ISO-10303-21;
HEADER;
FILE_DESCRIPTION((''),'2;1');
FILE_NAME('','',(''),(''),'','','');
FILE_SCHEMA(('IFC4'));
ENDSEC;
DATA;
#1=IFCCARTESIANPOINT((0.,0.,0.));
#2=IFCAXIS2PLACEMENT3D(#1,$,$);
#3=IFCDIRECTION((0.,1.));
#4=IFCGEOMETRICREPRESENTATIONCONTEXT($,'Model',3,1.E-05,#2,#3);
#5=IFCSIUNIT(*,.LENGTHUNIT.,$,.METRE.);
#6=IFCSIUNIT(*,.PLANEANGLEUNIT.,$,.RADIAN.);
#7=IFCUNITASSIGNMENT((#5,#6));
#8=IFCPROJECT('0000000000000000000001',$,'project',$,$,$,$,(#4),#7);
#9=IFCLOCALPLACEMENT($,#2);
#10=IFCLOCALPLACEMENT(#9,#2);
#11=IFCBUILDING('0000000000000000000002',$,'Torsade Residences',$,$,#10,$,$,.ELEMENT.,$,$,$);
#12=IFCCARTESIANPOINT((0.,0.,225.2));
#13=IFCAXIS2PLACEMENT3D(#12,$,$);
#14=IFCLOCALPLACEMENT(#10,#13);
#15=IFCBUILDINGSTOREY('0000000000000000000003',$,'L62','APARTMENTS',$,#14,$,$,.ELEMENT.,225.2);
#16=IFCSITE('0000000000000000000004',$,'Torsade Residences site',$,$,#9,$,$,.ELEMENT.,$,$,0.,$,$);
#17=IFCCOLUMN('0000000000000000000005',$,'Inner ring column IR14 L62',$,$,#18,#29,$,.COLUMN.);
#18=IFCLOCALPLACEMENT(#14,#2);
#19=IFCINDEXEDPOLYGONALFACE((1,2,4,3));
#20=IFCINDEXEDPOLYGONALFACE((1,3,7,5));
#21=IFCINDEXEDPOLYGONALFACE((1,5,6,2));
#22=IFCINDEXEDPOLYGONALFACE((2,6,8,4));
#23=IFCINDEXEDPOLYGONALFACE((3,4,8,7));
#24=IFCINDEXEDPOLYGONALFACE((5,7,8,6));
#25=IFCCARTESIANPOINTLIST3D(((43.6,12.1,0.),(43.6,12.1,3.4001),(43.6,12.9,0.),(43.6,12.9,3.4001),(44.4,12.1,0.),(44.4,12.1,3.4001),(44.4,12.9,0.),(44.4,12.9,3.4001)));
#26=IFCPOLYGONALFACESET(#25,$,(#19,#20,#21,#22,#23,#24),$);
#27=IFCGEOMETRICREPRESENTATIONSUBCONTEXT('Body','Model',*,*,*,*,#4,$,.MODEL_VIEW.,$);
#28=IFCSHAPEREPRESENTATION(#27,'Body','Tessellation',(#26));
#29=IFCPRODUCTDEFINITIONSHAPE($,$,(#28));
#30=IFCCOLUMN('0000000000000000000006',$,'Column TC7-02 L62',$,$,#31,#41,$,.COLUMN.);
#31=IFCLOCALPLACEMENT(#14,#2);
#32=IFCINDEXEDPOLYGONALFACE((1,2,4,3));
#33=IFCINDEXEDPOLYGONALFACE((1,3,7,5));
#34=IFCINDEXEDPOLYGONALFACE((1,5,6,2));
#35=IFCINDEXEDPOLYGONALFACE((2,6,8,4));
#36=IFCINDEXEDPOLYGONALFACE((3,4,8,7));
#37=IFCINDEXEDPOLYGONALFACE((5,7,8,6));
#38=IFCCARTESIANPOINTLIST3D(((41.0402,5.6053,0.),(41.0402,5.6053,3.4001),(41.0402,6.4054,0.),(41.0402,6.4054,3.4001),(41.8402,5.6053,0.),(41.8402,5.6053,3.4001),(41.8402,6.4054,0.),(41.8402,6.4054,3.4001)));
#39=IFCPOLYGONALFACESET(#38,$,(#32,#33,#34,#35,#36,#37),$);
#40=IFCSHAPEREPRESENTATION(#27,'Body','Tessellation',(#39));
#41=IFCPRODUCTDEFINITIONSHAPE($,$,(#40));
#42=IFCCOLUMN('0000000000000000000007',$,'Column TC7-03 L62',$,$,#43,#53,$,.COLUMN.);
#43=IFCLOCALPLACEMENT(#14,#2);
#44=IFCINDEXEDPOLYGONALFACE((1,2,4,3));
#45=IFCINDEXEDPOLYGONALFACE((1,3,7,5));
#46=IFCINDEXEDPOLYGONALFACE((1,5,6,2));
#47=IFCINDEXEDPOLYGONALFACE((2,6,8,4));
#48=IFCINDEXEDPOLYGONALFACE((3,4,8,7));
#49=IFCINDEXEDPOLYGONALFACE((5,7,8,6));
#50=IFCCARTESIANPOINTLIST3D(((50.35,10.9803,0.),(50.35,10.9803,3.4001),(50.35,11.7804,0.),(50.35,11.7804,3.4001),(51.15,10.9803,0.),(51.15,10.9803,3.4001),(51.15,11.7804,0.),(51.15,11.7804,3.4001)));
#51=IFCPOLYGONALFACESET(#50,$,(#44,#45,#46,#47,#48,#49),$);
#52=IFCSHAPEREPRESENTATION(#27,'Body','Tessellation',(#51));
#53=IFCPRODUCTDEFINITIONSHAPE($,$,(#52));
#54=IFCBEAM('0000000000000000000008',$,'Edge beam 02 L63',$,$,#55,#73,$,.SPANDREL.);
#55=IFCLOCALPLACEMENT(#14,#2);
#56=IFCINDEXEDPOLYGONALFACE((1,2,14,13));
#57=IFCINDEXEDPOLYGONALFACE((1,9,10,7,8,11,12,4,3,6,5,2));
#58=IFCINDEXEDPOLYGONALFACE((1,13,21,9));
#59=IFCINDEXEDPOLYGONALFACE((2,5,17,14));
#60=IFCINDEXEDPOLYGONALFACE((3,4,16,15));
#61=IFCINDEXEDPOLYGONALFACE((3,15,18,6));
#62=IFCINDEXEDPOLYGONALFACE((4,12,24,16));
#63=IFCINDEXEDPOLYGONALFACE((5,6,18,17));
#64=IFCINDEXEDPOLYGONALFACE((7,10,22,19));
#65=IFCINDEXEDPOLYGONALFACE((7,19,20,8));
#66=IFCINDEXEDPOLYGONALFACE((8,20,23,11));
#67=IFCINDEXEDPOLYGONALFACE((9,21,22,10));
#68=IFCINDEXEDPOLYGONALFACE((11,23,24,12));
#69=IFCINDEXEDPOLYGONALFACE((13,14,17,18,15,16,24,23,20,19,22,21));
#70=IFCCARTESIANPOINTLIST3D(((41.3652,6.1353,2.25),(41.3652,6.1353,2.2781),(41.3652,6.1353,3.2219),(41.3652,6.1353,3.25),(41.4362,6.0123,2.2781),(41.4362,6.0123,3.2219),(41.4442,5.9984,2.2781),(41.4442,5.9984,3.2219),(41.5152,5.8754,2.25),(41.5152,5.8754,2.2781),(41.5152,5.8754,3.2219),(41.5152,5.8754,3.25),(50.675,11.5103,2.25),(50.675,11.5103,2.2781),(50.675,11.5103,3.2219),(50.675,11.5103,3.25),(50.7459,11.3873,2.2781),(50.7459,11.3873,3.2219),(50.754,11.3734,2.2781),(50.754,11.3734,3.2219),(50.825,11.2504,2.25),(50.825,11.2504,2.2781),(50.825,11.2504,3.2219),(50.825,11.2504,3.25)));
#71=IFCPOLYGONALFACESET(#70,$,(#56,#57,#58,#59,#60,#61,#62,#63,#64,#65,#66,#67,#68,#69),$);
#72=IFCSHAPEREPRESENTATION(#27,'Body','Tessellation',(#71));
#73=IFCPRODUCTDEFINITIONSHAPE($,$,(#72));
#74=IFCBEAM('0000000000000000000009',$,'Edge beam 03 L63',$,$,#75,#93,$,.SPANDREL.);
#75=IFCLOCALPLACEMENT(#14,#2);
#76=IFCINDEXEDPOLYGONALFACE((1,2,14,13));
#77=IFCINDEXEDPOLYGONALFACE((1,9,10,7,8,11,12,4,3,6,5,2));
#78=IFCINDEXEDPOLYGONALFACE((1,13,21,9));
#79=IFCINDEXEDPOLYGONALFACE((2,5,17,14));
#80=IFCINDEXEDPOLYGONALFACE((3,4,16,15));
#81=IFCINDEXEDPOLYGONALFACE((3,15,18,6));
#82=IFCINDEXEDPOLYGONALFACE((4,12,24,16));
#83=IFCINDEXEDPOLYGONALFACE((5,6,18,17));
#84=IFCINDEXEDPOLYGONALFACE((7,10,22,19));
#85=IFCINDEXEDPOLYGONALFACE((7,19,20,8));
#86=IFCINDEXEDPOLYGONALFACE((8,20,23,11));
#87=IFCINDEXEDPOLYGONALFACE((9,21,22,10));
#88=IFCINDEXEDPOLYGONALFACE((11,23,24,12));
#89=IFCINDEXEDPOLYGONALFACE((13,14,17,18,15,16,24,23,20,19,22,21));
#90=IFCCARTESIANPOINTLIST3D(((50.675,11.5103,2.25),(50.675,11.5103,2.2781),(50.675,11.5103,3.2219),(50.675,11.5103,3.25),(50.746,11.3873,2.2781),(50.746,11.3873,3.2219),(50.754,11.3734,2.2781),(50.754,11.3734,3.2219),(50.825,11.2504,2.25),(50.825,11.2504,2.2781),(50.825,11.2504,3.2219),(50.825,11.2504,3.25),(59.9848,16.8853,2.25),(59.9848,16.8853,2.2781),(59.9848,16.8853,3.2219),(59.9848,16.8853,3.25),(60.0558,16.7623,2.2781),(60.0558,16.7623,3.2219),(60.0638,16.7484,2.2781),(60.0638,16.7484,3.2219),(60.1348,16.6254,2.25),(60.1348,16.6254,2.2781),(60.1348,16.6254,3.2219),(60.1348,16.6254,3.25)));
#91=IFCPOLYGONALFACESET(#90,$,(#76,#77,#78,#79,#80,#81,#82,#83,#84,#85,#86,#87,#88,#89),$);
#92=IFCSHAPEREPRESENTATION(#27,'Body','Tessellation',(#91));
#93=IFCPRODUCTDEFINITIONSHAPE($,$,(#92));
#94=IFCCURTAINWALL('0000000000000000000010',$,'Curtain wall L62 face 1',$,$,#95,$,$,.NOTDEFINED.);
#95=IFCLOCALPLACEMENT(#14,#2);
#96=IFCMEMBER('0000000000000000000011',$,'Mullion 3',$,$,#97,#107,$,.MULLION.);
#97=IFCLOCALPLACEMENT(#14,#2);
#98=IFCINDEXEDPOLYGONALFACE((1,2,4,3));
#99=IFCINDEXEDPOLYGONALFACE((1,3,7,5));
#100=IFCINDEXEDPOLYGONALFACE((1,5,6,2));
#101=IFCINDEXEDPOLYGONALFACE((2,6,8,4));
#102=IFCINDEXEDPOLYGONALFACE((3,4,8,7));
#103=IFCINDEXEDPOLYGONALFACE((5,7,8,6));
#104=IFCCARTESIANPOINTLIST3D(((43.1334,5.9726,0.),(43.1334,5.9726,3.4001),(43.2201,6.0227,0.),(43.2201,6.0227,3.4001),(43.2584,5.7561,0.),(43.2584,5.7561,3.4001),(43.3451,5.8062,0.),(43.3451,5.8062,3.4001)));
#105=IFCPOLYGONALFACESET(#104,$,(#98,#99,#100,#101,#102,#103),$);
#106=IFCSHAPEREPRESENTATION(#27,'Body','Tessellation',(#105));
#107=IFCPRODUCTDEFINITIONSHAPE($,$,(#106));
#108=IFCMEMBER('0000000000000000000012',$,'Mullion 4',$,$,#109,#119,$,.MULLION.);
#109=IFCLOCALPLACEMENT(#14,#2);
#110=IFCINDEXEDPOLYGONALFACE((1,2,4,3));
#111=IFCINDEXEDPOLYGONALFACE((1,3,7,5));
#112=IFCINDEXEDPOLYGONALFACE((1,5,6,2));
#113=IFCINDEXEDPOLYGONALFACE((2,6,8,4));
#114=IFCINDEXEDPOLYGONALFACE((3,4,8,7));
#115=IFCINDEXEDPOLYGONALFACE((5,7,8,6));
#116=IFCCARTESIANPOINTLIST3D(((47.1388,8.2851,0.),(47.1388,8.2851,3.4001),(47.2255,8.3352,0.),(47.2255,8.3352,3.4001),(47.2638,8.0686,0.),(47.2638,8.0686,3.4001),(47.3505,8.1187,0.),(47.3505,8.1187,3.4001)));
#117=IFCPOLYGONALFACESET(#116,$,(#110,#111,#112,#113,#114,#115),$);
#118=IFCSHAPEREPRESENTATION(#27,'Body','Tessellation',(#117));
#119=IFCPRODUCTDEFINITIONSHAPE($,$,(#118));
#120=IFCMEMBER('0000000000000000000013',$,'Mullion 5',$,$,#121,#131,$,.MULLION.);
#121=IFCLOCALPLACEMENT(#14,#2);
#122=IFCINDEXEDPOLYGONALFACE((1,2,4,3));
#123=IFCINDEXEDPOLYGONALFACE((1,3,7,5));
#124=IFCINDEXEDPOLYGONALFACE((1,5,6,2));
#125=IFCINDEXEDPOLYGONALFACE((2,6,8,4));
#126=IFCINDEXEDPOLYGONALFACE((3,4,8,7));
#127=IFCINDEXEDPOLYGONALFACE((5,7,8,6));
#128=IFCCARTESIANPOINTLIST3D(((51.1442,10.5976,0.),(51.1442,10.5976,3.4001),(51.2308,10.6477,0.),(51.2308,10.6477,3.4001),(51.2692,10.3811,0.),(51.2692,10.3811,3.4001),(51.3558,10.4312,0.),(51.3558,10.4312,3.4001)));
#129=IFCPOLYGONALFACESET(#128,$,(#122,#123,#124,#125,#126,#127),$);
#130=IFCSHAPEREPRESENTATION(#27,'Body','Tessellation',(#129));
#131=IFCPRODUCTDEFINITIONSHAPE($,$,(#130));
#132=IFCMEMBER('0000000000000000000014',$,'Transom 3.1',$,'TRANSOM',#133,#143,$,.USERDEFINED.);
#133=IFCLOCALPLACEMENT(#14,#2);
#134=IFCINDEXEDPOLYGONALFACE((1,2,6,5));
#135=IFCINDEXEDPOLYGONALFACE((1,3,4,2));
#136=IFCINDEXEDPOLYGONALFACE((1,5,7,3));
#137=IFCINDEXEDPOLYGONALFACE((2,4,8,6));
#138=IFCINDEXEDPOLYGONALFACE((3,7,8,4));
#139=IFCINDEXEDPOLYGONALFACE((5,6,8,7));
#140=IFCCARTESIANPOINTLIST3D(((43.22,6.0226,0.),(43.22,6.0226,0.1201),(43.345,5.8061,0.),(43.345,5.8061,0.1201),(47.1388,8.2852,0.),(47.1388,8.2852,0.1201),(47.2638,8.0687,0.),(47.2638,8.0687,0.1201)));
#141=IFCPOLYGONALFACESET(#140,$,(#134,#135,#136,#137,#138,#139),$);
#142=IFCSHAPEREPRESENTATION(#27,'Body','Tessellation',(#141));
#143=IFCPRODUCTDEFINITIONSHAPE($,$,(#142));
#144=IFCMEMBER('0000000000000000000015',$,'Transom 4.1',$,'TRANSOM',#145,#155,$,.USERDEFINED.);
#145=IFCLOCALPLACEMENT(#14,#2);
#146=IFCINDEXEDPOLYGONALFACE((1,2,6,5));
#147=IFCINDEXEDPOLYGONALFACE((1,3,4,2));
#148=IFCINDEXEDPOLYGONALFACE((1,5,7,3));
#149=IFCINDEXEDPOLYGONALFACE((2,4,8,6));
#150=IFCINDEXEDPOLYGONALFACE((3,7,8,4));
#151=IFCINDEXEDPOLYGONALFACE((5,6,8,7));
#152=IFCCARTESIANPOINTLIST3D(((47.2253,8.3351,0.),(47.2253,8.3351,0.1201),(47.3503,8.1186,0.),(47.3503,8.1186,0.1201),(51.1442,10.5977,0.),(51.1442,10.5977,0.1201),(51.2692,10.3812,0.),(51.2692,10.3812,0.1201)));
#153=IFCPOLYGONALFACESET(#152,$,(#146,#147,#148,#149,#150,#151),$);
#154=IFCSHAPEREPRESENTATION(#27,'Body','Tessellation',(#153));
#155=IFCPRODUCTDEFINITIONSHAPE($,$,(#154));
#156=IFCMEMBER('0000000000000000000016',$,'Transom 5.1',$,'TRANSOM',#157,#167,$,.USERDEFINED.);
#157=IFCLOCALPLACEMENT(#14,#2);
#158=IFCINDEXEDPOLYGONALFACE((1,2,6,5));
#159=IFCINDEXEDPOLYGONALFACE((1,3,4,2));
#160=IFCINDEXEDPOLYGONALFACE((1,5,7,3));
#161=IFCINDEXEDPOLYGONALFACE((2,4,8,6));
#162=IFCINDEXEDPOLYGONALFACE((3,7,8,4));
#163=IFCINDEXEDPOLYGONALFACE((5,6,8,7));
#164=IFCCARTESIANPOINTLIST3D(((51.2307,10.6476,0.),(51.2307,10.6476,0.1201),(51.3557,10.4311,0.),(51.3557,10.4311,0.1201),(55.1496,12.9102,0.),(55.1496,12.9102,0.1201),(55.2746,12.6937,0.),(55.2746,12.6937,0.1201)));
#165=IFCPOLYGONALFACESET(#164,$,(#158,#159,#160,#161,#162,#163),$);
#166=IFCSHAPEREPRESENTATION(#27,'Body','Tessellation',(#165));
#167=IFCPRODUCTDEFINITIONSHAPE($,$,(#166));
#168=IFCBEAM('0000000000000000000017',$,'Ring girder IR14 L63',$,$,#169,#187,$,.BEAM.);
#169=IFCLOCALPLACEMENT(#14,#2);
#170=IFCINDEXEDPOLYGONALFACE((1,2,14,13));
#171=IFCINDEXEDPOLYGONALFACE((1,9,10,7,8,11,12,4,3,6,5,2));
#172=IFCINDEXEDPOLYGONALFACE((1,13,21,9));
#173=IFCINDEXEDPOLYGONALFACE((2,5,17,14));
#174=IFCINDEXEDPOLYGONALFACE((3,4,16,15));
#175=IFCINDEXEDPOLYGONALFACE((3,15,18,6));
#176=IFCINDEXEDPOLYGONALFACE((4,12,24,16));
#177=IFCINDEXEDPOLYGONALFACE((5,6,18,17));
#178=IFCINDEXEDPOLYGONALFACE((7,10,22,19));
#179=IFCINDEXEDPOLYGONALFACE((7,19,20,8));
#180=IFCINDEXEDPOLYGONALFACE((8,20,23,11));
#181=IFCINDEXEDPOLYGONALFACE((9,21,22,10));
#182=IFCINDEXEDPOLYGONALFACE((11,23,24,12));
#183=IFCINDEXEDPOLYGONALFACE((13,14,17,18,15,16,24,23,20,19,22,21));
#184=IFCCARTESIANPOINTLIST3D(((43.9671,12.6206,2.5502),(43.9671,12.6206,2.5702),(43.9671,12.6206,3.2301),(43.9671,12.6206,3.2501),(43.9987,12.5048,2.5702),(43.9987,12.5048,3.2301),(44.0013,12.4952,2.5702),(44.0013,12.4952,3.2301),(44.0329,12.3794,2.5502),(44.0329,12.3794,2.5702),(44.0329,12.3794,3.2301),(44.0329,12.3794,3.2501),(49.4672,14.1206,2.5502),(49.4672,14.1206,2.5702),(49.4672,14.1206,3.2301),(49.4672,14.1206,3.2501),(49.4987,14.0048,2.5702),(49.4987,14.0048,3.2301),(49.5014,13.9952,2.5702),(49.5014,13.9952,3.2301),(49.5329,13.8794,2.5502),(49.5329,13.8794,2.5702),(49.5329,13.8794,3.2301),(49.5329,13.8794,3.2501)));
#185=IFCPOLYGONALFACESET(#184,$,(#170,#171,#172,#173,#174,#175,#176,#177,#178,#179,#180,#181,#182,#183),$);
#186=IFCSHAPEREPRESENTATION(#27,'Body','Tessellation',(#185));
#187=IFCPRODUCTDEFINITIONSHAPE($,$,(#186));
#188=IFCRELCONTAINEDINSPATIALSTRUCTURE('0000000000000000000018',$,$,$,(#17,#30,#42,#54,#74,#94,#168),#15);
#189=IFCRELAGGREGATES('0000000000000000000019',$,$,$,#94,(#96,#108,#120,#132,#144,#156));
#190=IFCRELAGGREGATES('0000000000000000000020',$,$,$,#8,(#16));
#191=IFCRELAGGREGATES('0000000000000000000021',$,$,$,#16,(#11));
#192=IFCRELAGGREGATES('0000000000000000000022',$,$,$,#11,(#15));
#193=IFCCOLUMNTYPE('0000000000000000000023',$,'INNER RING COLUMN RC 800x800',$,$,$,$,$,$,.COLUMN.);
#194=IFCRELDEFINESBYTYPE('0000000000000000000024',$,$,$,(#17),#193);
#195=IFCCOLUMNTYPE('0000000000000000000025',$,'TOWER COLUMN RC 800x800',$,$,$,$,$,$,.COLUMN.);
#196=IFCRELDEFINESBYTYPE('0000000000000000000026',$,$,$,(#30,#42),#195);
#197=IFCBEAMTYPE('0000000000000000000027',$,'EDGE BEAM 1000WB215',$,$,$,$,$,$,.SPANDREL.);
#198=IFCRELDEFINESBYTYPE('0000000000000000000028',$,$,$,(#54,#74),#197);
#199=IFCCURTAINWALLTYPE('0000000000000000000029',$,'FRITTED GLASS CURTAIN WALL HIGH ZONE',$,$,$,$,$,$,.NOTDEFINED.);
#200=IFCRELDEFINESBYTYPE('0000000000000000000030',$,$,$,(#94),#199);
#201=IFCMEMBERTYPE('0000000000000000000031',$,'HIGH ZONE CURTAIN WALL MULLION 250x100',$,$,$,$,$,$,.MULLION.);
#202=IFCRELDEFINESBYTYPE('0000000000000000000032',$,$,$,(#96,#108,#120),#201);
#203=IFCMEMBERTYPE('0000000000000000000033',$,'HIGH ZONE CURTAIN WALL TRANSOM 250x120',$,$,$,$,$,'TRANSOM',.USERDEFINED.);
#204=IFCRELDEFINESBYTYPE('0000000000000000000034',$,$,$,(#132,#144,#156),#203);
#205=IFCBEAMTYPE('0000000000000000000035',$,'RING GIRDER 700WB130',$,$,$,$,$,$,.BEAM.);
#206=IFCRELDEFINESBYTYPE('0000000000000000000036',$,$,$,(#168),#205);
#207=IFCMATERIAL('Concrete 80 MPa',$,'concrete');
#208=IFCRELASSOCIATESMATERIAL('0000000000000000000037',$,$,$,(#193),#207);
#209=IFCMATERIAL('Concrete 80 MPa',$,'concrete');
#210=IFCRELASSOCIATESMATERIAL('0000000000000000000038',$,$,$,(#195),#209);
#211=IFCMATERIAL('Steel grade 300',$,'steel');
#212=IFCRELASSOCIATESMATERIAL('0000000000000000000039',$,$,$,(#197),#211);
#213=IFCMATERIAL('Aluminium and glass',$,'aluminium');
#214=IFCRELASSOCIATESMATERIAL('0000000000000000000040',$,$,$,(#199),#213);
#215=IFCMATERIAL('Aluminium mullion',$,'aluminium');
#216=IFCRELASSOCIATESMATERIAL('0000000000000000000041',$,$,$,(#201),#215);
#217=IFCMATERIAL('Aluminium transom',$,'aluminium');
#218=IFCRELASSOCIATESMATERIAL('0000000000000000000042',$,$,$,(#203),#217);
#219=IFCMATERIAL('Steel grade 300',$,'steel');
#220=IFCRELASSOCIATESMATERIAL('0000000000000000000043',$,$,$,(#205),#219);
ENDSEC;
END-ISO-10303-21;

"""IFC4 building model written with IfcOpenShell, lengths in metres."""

from ifc_helpers import new_model, si_unit, direction, frame, origin, origin_2d, place, context, subcontext, project, spatial, rectangle, i_section, extrude, material, material_profile, profile_set, type_object, element, aggregate, save


model = new_model("IFC4")

# Units and contexts
model_context = context("Model", 3, precision=1e-05, world=origin(), true_north=direction((0.0, 1.0)))
body_context = subcontext(model_context, "Body", "Model", "MODEL_VIEW")
ifc_project = project(units=[si_unit("LENGTHUNIT", "METRE"), si_unit("PLANEANGLEUNIT", "RADIAN")], contexts=[model_context])

# Site, building, storey
site_placement = place(None, origin())
site = spatial("IfcSite", under=ifc_project, at=site_placement, Name="Torsade Residences site", CompositionType="ELEMENT", RefElevation=0.0)
building_placement = place(site_placement, origin())
building = spatial("IfcBuilding", under=site, at=building_placement, Name="Torsade Residences", CompositionType="ELEMENT")
storey_placement = place(building_placement, frame((0.0, 0.0, 225.2)))
storey = spatial("IfcBuildingStorey", under=building, at=storey_placement, Name="L62", Description="APARTMENTS", CompositionType="ELEMENT", Elevation=225.2)

# Columns
ifc_material_1 = material(Name="Concrete 80 MPa", Category="concrete")
ifc_material_profile_1 = material_profile(ifc_material_1, rectangle(XDim=0.8, YDim=0.8, at=origin_2d()), Name="RC 800x800")
ifc_profile_set_1 = profile_set([ifc_material_profile_1], Name="Concrete 80 MPa")
column_type_1 = type_object("IfcColumnType", Name="INNER RING COLUMN RC 800x800", PredefinedType="COLUMN", material=ifc_profile_set_1)
column_placement = place(storey_placement, frame((44.0, 12.5, 0.0), z_axis=(0.0, 0.0, 1.0), x_axis=(1.0, 0.0, 0.0)))
element("IfcColumn", 1, at=column_placement, inside=storey, type_object=column_type_1, Name="Inner ring column IR14 L62", PredefinedType="COLUMN", context=body_context, shape_type="SweptSolid", body=[
    extrude(rectangle(XDim=0.8, YDim=0.8, at=origin_2d()), origin(), (0.0, 0.0, 1.0), 3.4001),
])
ifc_material_2 = material(Name="Concrete 80 MPa", Category="concrete")
ifc_material_profile_2 = material_profile(ifc_material_2, rectangle(XDim=0.8, YDim=0.8, at=origin_2d()), Name="RC 800x800")
ifc_profile_set_2 = profile_set([ifc_material_profile_2], Name="Concrete 80 MPa")
column_type_2 = type_object("IfcColumnType", Name="TOWER COLUMN RC 800x800", PredefinedType="COLUMN", material=ifc_profile_set_2)
for number, where, z_axis, x_axis, name in (
    (2, (41.4402, 6.0054, 0.0), (0.0, 0.0, 1.0), (1.0, 0.0, 0.0), "Column TC7-02 L62"),
    (3, (50.75, 11.3804, 0.0), (0.0, 0.0, 1.0), (1.0, 0.0, 0.0), "Column TC7-03 L62"),
):
    element("IfcColumn", number, at=place(storey_placement, frame(where, z_axis=z_axis, x_axis=x_axis)), inside=storey, type_object=column_type_2, Name=name, PredefinedType="COLUMN", context=body_context, shape_type="SweptSolid", body=[
        extrude(rectangle(XDim=0.8, YDim=0.8, at=origin_2d()), origin(), (0.0, 0.0, 1.0), 3.4001),
    ])

# Beams
ifc_material_3 = material(Name="Steel grade 300", Category="steel")
ifc_material_profile_3 = material_profile(ifc_material_3, i_section(OverallWidth=0.3, OverallDepth=1.0, WebThickness=0.0161, FlangeThickness=0.0281, at=origin_2d()), Name="1000WB215")
ifc_profile_set_3 = profile_set([ifc_material_profile_3], Name="Steel grade 300")
beam_type_1 = type_object("IfcBeamType", Name="EDGE BEAM 1000WB215", PredefinedType="SPANDREL", material=ifc_profile_set_3)
for number, where, z_axis, x_axis, name in (
    (4, (41.4402, 6.0054, 2.75), (0.866026, 0.499998, 0.0), (-0.499998, 0.866026, 0.0), "Edge beam 02 L63"),
    (5, (50.75, 11.3804, 2.75), (0.866026, 0.499998, 0.0), (-0.499998, 0.866026, 0.0), "Edge beam 03 L63"),
):
    element("IfcBeam", number, at=place(storey_placement, frame(where, z_axis=z_axis, x_axis=x_axis)), inside=storey, type_object=beam_type_1, Name=name, PredefinedType="SPANDREL", context=body_context, shape_type="SweptSolid", body=[
        extrude(i_section(OverallWidth=0.3, OverallDepth=1.0, WebThickness=0.0161, FlangeThickness=0.0281, at=origin_2d()), origin(), (0.0, 0.0, 1.0), 10.75),
    ])

# Curtain wall, members
ifc_material_4 = material(Name="Aluminium and glass", Category="aluminium")
curtain_wall_type = type_object("IfcCurtainWallType", Name="FRITTED GLASS CURTAIN WALL HIGH ZONE", PredefinedType="NOTDEFINED", material=ifc_material_4)
curtain_wall_placement = place(storey_placement, origin())
curtain_wall = element("IfcCurtainWall", 6, at=curtain_wall_placement, inside=storey, type_object=curtain_wall_type, Name="Curtain wall L62 face 1", PredefinedType="NOTDEFINED")
ifc_material_5 = material(Name="Aluminium mullion", Category="aluminium")
ifc_material_profile_4 = material_profile(ifc_material_5, rectangle(XDim=0.25, YDim=0.1001, at=origin_2d()), Name="HIGH ZONE CURTAIN WALL MULLION 250x100")
ifc_profile_set_4 = profile_set([ifc_material_profile_4], Name="Aluminium mullion")
member_type_1 = type_object("IfcMemberType", Name="HIGH ZONE CURTAIN WALL MULLION 250x100", PredefinedType="MULLION", material=ifc_profile_set_4)
member_1_placement = place(storey_placement, frame((43.2393, 5.8894, 0.0), z_axis=(0.0, 0.0, 1.0), x_axis=(-0.5, 0.866025, 0.0)))
member_1 = element("IfcMember", 7, at=member_1_placement, type_object=member_type_1, Name="Mullion 3", PredefinedType="MULLION", context=body_context, shape_type="SweptSolid", body=[
    extrude(rectangle(XDim=0.25, YDim=0.1001, at=origin_2d()), origin(), (0.0, 0.0, 1.0), 3.4001),
])
member_2_placement = place(storey_placement, frame((47.2446, 8.2019, 0.0), z_axis=(0.0, 0.0, 1.0), x_axis=(-0.5, 0.866025, 0.0)))
member_2 = element("IfcMember", 8, at=member_2_placement, type_object=member_type_1, Name="Mullion 4", PredefinedType="MULLION", context=body_context, shape_type="SweptSolid", body=[
    extrude(rectangle(XDim=0.25, YDim=0.1001, at=origin_2d()), origin(), (0.0, 0.0, 1.0), 3.4001),
])
member_3_placement = place(storey_placement, frame((51.25, 10.5144, 0.0), z_axis=(0.0, 0.0, 1.0), x_axis=(-0.5, 0.866025, 0.0)))
member_3 = element("IfcMember", 9, at=member_3_placement, type_object=member_type_1, Name="Mullion 5", PredefinedType="MULLION", context=body_context, shape_type="SweptSolid", body=[
    extrude(rectangle(XDim=0.25, YDim=0.1001, at=origin_2d()), origin(), (0.0, 0.0, 1.0), 3.4001),
])
ifc_material_6 = material(Name="Aluminium transom", Category="aluminium")
ifc_material_profile_5 = material_profile(ifc_material_6, rectangle(XDim=0.25, YDim=0.1201, at=origin_2d()), Name="HIGH ZONE CURTAIN WALL TRANSOM 250x120")
ifc_profile_set_5 = profile_set([ifc_material_profile_5], Name="Aluminium transom")
member_type_2 = type_object("IfcMemberType", Name="HIGH ZONE CURTAIN WALL TRANSOM 250x120", ElementType="TRANSOM", PredefinedType="USERDEFINED", material=ifc_profile_set_5)
member_4_placement = place(storey_placement, frame((43.2825, 5.9143, 0.0601), z_axis=(0.866017, 0.500015, 0.0), x_axis=(-0.500015, 0.866017, 0.0)))
member_4 = element("IfcMember", 10, at=member_4_placement, type_object=member_type_2, Name="Transom 3.1", ObjectType="TRANSOM", PredefinedType="USERDEFINED", context=body_context, shape_type="SweptSolid", body=[
    extrude(rectangle(XDim=0.25, YDim=0.1201, at=origin_2d()), origin(), (0.0, 0.0, 1.0), 4.5251),
])
member_5_placement = place(storey_placement, frame((47.2878, 8.2268, 0.0601), z_axis=(0.866017, 0.500015, 0.0), x_axis=(-0.500015, 0.866017, 0.0)))
member_5 = element("IfcMember", 11, at=member_5_placement, type_object=member_type_2, Name="Transom 4.1", ObjectType="TRANSOM", PredefinedType="USERDEFINED", context=body_context, shape_type="SweptSolid", body=[
    extrude(rectangle(XDim=0.25, YDim=0.1201, at=origin_2d()), origin(), (0.0, 0.0, 1.0), 4.5251),
])
member_6_placement = place(storey_placement, frame((51.2932, 10.5393, 0.0601), z_axis=(0.866017, 0.500015, 0.0), x_axis=(-0.500015, 0.866017, 0.0)))
member_6 = element("IfcMember", 12, at=member_6_placement, type_object=member_type_2, Name="Transom 5.1", ObjectType="TRANSOM", PredefinedType="USERDEFINED", context=body_context, shape_type="SweptSolid", body=[
    extrude(rectangle(XDim=0.25, YDim=0.1201, at=origin_2d()), origin(), (0.0, 0.0, 1.0), 4.5251),
])

# Beam
ifc_material_7 = material(Name="Steel grade 300", Category="steel")
ifc_material_profile_6 = material_profile(ifc_material_7, i_section(OverallWidth=0.25, OverallDepth=0.7, WebThickness=0.01, FlangeThickness=0.02, at=origin_2d()), Name="700WB130")
ifc_profile_set_6 = profile_set([ifc_material_profile_6], Name="Steel grade 300")
beam_type_2 = type_object("IfcBeamType", Name="RING GIRDER 700WB130", PredefinedType="BEAM", material=ifc_profile_set_6)
beam_1_placement = place(storey_placement, frame((44.0, 12.5, 2.9001), z_axis=(0.964764, 0.263117, 0.0), x_axis=(-0.263117, 0.964764, 0.0)))
element("IfcBeam", 13, at=beam_1_placement, inside=storey, type_object=beam_type_2, Name="Ring girder IR14 L63", PredefinedType="BEAM", context=body_context, shape_type="SweptSolid", body=[
    extrude(i_section(OverallWidth=0.25, OverallDepth=0.7, WebThickness=0.01, FlangeThickness=0.02, at=origin_2d()), origin(), (0.0, 0.0, 1.0), 5.7009),
])

aggregate(curtain_wall, [member_1, member_2, member_3, member_4, member_5, member_6])

save(model, "model.ifc")
